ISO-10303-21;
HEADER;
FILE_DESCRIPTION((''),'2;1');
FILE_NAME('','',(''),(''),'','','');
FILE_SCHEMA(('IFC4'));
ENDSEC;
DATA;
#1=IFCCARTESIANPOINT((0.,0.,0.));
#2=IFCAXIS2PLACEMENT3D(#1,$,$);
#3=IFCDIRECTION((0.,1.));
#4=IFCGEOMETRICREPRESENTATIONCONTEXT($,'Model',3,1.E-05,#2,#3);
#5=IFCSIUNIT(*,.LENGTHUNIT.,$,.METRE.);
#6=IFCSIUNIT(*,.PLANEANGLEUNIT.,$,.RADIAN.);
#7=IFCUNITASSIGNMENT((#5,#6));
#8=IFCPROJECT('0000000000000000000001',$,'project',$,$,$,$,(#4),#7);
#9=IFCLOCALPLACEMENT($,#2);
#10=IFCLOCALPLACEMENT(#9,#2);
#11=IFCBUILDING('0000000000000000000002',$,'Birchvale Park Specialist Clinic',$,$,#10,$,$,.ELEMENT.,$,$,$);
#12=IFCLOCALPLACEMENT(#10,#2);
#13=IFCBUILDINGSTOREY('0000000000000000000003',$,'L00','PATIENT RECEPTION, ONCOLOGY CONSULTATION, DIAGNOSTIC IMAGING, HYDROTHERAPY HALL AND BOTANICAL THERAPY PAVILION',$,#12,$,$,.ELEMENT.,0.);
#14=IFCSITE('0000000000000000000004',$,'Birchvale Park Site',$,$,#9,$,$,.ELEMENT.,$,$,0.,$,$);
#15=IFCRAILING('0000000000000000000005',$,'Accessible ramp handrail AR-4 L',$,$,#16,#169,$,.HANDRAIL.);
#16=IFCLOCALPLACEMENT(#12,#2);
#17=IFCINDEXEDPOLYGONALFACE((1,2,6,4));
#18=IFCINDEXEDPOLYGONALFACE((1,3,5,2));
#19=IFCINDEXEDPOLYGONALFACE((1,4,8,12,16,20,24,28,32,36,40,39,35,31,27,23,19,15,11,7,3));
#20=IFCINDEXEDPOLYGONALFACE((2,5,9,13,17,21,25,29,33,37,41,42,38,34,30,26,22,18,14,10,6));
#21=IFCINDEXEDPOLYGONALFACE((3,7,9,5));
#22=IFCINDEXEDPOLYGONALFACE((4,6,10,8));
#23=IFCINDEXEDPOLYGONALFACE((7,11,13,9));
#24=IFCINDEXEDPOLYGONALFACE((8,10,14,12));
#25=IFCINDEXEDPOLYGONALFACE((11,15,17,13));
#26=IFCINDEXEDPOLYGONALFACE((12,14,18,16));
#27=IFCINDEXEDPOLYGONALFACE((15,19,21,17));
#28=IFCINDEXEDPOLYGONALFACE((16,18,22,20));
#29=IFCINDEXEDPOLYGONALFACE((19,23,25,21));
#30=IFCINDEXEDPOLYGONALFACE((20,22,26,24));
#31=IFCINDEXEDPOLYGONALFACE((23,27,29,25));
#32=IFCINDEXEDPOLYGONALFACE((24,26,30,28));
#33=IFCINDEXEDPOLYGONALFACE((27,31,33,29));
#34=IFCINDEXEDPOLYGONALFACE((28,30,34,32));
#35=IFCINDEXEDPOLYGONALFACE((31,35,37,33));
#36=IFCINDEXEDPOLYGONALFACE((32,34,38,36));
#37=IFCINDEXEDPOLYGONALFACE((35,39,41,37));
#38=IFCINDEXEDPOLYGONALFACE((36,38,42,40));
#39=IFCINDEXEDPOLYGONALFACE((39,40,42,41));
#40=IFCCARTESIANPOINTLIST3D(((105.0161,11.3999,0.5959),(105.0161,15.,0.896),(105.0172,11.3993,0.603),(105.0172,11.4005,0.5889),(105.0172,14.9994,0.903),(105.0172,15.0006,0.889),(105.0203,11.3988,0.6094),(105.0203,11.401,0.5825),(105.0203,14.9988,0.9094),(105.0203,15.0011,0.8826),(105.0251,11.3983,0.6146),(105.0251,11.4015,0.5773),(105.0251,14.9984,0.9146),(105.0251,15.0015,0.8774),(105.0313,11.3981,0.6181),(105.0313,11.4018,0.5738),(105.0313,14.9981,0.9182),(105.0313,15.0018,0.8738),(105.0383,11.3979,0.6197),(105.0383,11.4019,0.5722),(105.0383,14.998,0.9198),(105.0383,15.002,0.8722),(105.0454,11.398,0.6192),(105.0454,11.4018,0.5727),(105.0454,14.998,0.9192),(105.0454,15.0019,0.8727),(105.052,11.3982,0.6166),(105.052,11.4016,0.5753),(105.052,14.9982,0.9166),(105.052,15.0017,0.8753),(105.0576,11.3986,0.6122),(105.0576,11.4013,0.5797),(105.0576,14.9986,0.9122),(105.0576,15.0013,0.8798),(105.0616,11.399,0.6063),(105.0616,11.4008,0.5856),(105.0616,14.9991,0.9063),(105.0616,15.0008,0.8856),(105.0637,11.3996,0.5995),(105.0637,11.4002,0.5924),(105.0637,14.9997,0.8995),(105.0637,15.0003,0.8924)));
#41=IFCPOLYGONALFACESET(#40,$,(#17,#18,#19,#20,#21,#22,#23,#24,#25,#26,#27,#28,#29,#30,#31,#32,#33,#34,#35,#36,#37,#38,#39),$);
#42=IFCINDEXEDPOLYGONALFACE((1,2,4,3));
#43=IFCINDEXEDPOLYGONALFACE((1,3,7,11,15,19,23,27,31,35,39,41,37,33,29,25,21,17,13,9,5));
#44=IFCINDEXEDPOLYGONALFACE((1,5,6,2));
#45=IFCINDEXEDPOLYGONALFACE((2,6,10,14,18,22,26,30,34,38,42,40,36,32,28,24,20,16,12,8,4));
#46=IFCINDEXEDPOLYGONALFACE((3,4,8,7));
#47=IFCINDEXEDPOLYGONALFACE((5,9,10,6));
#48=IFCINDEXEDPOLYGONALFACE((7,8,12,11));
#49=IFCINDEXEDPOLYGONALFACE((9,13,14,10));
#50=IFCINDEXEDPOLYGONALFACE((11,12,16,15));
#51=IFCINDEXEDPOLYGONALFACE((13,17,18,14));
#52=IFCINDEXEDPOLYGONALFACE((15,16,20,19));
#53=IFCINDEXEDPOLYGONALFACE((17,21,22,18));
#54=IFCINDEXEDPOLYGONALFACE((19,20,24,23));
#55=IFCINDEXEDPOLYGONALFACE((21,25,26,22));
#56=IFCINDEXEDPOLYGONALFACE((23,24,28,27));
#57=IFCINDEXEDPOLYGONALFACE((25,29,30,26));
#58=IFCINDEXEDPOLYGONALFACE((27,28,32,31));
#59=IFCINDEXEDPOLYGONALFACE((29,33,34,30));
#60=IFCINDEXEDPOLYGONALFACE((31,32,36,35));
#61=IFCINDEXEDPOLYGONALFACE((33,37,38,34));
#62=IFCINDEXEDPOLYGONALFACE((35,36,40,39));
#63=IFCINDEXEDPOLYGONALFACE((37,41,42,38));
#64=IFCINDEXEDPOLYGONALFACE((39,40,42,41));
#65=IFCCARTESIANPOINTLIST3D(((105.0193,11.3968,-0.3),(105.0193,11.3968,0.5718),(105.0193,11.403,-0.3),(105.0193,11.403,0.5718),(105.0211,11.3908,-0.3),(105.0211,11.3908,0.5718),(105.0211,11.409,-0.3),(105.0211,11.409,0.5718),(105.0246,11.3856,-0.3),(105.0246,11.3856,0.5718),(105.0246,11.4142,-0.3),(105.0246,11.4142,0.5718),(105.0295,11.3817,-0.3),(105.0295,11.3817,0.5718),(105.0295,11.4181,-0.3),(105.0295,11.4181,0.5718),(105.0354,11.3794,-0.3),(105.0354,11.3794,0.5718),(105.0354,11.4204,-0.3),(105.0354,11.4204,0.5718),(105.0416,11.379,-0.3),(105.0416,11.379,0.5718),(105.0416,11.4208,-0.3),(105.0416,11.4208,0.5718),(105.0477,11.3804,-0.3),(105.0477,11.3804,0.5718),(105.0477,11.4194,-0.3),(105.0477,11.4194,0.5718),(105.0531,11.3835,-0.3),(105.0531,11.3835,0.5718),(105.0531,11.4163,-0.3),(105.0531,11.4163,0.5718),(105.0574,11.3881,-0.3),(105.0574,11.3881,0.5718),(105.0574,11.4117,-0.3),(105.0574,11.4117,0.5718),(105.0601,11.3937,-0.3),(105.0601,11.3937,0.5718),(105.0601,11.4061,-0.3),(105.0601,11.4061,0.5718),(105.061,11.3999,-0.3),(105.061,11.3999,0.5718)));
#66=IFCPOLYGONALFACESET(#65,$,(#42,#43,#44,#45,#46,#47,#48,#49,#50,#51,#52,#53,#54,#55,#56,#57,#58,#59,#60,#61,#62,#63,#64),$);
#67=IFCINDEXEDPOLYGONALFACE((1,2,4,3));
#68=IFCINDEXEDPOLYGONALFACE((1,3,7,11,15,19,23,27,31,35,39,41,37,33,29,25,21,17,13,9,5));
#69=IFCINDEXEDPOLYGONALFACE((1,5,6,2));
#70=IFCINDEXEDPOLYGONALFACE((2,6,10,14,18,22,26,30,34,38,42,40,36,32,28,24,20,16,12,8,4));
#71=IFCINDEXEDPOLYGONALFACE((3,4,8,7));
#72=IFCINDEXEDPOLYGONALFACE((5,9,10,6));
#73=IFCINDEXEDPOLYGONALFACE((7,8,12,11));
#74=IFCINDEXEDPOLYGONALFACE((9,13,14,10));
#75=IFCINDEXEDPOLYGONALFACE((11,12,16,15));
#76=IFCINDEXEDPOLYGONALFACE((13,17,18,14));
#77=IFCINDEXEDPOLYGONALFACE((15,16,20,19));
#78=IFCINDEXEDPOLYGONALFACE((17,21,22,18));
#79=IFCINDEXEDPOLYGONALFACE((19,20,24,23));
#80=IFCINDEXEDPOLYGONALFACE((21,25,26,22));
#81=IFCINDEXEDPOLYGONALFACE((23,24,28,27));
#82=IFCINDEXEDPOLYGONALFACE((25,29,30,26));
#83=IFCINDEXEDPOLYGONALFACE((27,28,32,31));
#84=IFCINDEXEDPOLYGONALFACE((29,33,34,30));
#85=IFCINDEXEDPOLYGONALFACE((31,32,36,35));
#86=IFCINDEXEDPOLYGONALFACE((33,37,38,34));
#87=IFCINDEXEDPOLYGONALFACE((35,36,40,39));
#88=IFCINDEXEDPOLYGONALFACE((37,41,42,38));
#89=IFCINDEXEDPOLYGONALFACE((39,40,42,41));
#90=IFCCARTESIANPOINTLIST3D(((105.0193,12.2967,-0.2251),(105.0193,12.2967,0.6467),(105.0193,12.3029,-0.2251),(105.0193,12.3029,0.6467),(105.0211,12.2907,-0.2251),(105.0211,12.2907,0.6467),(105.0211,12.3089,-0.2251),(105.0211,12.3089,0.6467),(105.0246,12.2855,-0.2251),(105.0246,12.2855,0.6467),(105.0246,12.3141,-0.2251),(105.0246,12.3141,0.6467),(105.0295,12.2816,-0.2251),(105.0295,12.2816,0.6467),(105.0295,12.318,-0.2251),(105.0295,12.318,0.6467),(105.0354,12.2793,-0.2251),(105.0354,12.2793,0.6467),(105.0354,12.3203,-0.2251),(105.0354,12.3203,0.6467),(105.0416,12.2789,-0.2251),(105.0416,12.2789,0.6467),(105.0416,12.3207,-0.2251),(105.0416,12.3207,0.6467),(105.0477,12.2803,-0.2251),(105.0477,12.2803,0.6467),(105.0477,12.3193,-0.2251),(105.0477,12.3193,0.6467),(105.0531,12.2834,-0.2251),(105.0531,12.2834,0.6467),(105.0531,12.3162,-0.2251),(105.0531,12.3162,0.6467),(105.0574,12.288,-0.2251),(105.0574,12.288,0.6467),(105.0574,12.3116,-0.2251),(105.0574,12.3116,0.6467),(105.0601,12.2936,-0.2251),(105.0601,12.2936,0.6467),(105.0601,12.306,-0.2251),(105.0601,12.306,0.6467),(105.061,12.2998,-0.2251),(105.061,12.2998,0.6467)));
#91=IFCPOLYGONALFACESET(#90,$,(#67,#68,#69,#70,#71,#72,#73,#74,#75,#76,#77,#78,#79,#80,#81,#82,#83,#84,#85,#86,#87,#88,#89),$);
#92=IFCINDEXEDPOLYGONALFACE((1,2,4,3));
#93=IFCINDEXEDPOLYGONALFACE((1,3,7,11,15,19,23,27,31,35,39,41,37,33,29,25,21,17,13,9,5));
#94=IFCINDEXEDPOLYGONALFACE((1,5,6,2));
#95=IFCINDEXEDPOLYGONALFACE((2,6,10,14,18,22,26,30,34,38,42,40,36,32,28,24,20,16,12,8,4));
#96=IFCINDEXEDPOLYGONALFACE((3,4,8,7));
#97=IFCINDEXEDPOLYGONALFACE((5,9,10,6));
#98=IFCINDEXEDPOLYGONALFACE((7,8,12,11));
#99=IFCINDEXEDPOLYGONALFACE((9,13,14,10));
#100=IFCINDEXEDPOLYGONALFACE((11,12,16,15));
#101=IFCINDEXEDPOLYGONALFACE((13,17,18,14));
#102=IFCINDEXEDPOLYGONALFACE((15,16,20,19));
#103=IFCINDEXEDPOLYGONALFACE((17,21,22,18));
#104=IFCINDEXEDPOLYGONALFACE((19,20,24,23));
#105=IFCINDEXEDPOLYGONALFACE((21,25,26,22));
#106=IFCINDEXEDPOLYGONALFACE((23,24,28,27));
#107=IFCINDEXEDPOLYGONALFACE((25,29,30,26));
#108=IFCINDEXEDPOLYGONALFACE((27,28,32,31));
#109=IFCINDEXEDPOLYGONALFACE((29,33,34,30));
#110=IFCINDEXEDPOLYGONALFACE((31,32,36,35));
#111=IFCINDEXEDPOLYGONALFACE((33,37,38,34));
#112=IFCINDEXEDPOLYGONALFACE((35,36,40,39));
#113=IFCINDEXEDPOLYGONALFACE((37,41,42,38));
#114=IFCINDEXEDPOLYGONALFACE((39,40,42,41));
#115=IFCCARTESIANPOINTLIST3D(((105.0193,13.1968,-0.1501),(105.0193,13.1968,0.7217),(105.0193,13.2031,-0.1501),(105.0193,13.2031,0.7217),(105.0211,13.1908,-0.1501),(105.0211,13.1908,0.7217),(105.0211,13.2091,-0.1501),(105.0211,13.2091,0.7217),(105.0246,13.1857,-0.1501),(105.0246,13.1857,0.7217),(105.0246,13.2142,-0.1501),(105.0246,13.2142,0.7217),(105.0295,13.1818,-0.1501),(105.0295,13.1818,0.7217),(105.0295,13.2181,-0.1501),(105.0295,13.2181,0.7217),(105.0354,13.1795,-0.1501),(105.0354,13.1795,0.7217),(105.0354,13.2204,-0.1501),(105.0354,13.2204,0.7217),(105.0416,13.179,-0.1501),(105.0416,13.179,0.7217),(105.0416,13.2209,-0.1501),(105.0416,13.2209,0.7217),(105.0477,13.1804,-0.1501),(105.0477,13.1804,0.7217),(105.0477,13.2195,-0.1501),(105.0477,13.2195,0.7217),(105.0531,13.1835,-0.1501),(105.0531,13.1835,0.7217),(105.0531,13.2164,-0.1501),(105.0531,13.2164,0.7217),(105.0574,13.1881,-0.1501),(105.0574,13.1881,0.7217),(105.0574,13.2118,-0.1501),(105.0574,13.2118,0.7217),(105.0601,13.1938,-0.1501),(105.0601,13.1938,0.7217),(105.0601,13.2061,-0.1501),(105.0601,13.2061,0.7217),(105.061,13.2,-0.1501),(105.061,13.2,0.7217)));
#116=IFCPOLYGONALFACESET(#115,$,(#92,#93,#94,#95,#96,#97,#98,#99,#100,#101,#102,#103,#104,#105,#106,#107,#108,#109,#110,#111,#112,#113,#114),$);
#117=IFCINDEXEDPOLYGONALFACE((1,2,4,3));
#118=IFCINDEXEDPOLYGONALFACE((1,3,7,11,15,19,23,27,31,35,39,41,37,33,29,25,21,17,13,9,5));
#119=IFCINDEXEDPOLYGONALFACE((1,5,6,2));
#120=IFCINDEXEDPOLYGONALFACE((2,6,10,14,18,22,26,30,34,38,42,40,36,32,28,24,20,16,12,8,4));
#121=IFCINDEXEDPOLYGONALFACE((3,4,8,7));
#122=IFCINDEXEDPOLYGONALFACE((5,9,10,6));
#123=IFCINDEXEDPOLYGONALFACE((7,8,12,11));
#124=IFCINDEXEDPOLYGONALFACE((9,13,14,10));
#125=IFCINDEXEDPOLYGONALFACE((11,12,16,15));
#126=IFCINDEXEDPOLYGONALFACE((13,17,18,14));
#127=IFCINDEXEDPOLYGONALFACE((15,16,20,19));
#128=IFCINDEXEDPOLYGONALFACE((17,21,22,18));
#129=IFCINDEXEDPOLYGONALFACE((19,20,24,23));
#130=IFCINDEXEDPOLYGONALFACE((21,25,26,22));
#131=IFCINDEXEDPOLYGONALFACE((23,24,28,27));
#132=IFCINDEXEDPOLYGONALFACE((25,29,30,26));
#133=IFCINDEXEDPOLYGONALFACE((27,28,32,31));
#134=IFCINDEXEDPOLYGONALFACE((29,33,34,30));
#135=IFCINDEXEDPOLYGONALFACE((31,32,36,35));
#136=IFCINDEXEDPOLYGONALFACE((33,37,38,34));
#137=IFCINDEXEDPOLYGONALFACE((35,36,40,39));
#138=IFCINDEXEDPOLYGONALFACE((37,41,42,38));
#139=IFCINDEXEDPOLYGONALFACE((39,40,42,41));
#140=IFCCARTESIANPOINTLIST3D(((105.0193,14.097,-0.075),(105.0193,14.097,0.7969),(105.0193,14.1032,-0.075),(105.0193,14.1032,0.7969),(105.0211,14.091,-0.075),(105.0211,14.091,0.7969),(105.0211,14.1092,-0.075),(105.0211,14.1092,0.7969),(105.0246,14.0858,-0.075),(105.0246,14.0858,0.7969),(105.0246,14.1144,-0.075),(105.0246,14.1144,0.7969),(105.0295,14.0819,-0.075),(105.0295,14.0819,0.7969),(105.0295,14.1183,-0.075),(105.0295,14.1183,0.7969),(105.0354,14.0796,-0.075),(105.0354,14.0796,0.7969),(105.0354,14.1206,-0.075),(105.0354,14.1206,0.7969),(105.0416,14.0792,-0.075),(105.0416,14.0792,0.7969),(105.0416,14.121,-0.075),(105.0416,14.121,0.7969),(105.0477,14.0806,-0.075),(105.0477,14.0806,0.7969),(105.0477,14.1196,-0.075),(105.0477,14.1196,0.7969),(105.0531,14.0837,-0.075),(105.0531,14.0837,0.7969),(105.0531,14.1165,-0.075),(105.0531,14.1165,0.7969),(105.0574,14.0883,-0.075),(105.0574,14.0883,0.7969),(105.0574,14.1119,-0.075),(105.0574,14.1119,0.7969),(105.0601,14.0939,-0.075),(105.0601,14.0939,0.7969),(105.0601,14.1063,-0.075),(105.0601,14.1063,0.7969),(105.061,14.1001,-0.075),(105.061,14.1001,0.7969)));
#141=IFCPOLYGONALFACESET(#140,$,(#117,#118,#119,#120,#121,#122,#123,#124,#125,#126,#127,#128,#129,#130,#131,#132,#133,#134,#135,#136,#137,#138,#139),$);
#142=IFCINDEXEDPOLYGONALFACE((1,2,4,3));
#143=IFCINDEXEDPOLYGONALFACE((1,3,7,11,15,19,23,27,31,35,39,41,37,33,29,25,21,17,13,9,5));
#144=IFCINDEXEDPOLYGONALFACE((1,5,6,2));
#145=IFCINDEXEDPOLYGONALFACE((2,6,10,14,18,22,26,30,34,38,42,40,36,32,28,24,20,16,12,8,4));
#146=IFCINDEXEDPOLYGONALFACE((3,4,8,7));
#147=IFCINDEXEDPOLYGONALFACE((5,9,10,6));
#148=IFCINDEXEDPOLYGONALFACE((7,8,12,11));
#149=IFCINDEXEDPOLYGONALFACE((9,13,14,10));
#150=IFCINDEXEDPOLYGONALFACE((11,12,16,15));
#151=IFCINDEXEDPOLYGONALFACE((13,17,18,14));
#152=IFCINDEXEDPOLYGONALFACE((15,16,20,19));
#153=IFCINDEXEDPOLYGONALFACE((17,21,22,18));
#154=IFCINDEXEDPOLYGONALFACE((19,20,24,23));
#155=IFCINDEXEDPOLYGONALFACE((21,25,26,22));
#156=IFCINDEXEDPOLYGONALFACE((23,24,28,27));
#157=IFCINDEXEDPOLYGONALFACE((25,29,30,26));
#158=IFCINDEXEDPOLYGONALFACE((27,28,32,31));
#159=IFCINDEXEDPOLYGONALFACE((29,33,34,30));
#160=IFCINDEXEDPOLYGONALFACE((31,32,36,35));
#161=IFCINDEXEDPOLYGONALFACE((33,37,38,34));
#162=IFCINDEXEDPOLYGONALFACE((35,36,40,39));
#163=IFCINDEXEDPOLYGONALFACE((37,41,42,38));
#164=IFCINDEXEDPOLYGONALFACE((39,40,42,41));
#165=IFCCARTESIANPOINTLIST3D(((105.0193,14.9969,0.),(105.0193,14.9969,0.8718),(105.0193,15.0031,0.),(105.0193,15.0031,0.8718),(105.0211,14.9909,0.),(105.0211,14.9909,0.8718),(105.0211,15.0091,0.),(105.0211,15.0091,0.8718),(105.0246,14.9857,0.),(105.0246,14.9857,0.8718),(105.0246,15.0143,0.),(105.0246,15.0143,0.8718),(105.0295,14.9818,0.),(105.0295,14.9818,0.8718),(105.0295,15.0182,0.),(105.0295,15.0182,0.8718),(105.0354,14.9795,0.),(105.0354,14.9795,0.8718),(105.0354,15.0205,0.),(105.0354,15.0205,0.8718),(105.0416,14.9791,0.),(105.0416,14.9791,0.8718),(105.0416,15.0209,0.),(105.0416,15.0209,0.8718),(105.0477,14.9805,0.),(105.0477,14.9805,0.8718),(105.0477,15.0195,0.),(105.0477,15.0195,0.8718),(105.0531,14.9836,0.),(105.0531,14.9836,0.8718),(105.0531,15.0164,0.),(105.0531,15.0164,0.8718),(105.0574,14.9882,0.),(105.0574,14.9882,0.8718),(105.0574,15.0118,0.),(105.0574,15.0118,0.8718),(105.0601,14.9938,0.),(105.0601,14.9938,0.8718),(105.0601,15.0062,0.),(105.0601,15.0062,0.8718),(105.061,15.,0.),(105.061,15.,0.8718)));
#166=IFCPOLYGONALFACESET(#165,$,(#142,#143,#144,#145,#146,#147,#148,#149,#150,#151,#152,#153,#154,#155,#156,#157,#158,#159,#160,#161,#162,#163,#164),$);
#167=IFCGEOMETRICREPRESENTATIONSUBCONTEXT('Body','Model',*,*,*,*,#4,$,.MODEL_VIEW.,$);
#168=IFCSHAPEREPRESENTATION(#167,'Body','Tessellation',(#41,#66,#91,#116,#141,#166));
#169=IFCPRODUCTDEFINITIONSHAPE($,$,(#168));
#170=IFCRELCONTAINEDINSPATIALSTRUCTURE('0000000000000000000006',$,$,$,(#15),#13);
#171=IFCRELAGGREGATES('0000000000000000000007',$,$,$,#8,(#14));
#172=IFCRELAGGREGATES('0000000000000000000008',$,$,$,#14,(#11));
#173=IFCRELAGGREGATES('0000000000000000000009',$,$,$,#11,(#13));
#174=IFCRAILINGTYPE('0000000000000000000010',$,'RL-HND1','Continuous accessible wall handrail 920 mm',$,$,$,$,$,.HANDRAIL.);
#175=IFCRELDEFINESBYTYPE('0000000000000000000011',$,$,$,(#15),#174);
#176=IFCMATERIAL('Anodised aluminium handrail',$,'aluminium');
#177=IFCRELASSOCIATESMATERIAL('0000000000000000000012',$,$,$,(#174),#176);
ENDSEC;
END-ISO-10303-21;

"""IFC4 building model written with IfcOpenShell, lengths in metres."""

from ifc_helpers import new_model, si_unit, direction, frame, origin, origin_2d, place, context, subcontext, project, spatial, circle, extrude, material, type_object, element, save


model = new_model("IFC4")

# Units and contexts
model_context = context("Model", 3, precision=1e-05, world=origin(), true_north=direction((0.0, 1.0)))
body_context = subcontext(model_context, "Body", "Model", "MODEL_VIEW")
ifc_project = project(units=[si_unit("LENGTHUNIT", "METRE"), si_unit("PLANEANGLEUNIT", "RADIAN")], contexts=[model_context])

# Site, building, storey
site_placement = place(None, origin())
site = spatial("IfcSite", under=ifc_project, at=site_placement, Name="Birchvale Park Site", CompositionType="ELEMENT", RefElevation=0.0)
building_placement = place(site_placement, origin())
building = spatial("IfcBuilding", under=site, at=building_placement, Name="Birchvale Park Specialist Clinic", CompositionType="ELEMENT")
storey_placement = place(building_placement, origin())
storey = spatial("IfcBuildingStorey", under=building, at=storey_placement, Name="L00", Description="PATIENT RECEPTION, ONCOLOGY CONSULTATION, DIAGNOSTIC IMAGING, HYDROTHERAPY HALL AND BOTANICAL THERAPY PAVILION", CompositionType="ELEMENT", Elevation=0.0)

# Railing
ifc_material_1 = material(Name="Anodised aluminium handrail", Category="aluminium")
railing_type = type_object("IfcRailingType", Name="RL-HND1", Description="Continuous accessible wall handrail 920 mm", PredefinedType="HANDRAIL", material=ifc_material_1)
for number, where, name in (
    (1, (105.04, 11.3999, -0.3), "Accessible ramp handrail AR-4 L"),
):
    element("IfcRailing", number, at=place(storey_placement, frame(where)), inside=storey, type_object=railing_type, Name=name, PredefinedType="HANDRAIL", context=body_context, shape_type="SweptSolid", body=[
        extrude(circle(Radius=0.0239, at=origin_2d()), frame((0.0, 0.0, 0.896), z_axis=(0.0, 0.996545, 0.083057), x_axis=(-1.0, 0.0, 0.0)), (0.0, 0.0, 1.0), 3.6125),
        extrude(circle(Radius=0.021, at=origin_2d()), origin(), (0.0, 0.0, 1.0), 0.8718),
        extrude(circle(Radius=0.021, at=origin_2d()), frame((0.0, 0.8999, 0.075)), (0.0, 0.0, 1.0), 0.8718),
        extrude(circle(Radius=0.021, at=origin_2d()), frame((0.0, 1.8, 0.1499)), (0.0, 0.0, 1.0), 0.8718),
        extrude(circle(Radius=0.021, at=origin_2d()), frame((0.0, 2.7002, 0.2251)), (0.0, 0.0, 1.0), 0.8718),
        extrude(circle(Radius=0.021, at=origin_2d()), frame((0.0, 3.6001, 0.3)), (0.0, 0.0, 1.0), 0.8718),
    ])

save(model, "model.ifc")
